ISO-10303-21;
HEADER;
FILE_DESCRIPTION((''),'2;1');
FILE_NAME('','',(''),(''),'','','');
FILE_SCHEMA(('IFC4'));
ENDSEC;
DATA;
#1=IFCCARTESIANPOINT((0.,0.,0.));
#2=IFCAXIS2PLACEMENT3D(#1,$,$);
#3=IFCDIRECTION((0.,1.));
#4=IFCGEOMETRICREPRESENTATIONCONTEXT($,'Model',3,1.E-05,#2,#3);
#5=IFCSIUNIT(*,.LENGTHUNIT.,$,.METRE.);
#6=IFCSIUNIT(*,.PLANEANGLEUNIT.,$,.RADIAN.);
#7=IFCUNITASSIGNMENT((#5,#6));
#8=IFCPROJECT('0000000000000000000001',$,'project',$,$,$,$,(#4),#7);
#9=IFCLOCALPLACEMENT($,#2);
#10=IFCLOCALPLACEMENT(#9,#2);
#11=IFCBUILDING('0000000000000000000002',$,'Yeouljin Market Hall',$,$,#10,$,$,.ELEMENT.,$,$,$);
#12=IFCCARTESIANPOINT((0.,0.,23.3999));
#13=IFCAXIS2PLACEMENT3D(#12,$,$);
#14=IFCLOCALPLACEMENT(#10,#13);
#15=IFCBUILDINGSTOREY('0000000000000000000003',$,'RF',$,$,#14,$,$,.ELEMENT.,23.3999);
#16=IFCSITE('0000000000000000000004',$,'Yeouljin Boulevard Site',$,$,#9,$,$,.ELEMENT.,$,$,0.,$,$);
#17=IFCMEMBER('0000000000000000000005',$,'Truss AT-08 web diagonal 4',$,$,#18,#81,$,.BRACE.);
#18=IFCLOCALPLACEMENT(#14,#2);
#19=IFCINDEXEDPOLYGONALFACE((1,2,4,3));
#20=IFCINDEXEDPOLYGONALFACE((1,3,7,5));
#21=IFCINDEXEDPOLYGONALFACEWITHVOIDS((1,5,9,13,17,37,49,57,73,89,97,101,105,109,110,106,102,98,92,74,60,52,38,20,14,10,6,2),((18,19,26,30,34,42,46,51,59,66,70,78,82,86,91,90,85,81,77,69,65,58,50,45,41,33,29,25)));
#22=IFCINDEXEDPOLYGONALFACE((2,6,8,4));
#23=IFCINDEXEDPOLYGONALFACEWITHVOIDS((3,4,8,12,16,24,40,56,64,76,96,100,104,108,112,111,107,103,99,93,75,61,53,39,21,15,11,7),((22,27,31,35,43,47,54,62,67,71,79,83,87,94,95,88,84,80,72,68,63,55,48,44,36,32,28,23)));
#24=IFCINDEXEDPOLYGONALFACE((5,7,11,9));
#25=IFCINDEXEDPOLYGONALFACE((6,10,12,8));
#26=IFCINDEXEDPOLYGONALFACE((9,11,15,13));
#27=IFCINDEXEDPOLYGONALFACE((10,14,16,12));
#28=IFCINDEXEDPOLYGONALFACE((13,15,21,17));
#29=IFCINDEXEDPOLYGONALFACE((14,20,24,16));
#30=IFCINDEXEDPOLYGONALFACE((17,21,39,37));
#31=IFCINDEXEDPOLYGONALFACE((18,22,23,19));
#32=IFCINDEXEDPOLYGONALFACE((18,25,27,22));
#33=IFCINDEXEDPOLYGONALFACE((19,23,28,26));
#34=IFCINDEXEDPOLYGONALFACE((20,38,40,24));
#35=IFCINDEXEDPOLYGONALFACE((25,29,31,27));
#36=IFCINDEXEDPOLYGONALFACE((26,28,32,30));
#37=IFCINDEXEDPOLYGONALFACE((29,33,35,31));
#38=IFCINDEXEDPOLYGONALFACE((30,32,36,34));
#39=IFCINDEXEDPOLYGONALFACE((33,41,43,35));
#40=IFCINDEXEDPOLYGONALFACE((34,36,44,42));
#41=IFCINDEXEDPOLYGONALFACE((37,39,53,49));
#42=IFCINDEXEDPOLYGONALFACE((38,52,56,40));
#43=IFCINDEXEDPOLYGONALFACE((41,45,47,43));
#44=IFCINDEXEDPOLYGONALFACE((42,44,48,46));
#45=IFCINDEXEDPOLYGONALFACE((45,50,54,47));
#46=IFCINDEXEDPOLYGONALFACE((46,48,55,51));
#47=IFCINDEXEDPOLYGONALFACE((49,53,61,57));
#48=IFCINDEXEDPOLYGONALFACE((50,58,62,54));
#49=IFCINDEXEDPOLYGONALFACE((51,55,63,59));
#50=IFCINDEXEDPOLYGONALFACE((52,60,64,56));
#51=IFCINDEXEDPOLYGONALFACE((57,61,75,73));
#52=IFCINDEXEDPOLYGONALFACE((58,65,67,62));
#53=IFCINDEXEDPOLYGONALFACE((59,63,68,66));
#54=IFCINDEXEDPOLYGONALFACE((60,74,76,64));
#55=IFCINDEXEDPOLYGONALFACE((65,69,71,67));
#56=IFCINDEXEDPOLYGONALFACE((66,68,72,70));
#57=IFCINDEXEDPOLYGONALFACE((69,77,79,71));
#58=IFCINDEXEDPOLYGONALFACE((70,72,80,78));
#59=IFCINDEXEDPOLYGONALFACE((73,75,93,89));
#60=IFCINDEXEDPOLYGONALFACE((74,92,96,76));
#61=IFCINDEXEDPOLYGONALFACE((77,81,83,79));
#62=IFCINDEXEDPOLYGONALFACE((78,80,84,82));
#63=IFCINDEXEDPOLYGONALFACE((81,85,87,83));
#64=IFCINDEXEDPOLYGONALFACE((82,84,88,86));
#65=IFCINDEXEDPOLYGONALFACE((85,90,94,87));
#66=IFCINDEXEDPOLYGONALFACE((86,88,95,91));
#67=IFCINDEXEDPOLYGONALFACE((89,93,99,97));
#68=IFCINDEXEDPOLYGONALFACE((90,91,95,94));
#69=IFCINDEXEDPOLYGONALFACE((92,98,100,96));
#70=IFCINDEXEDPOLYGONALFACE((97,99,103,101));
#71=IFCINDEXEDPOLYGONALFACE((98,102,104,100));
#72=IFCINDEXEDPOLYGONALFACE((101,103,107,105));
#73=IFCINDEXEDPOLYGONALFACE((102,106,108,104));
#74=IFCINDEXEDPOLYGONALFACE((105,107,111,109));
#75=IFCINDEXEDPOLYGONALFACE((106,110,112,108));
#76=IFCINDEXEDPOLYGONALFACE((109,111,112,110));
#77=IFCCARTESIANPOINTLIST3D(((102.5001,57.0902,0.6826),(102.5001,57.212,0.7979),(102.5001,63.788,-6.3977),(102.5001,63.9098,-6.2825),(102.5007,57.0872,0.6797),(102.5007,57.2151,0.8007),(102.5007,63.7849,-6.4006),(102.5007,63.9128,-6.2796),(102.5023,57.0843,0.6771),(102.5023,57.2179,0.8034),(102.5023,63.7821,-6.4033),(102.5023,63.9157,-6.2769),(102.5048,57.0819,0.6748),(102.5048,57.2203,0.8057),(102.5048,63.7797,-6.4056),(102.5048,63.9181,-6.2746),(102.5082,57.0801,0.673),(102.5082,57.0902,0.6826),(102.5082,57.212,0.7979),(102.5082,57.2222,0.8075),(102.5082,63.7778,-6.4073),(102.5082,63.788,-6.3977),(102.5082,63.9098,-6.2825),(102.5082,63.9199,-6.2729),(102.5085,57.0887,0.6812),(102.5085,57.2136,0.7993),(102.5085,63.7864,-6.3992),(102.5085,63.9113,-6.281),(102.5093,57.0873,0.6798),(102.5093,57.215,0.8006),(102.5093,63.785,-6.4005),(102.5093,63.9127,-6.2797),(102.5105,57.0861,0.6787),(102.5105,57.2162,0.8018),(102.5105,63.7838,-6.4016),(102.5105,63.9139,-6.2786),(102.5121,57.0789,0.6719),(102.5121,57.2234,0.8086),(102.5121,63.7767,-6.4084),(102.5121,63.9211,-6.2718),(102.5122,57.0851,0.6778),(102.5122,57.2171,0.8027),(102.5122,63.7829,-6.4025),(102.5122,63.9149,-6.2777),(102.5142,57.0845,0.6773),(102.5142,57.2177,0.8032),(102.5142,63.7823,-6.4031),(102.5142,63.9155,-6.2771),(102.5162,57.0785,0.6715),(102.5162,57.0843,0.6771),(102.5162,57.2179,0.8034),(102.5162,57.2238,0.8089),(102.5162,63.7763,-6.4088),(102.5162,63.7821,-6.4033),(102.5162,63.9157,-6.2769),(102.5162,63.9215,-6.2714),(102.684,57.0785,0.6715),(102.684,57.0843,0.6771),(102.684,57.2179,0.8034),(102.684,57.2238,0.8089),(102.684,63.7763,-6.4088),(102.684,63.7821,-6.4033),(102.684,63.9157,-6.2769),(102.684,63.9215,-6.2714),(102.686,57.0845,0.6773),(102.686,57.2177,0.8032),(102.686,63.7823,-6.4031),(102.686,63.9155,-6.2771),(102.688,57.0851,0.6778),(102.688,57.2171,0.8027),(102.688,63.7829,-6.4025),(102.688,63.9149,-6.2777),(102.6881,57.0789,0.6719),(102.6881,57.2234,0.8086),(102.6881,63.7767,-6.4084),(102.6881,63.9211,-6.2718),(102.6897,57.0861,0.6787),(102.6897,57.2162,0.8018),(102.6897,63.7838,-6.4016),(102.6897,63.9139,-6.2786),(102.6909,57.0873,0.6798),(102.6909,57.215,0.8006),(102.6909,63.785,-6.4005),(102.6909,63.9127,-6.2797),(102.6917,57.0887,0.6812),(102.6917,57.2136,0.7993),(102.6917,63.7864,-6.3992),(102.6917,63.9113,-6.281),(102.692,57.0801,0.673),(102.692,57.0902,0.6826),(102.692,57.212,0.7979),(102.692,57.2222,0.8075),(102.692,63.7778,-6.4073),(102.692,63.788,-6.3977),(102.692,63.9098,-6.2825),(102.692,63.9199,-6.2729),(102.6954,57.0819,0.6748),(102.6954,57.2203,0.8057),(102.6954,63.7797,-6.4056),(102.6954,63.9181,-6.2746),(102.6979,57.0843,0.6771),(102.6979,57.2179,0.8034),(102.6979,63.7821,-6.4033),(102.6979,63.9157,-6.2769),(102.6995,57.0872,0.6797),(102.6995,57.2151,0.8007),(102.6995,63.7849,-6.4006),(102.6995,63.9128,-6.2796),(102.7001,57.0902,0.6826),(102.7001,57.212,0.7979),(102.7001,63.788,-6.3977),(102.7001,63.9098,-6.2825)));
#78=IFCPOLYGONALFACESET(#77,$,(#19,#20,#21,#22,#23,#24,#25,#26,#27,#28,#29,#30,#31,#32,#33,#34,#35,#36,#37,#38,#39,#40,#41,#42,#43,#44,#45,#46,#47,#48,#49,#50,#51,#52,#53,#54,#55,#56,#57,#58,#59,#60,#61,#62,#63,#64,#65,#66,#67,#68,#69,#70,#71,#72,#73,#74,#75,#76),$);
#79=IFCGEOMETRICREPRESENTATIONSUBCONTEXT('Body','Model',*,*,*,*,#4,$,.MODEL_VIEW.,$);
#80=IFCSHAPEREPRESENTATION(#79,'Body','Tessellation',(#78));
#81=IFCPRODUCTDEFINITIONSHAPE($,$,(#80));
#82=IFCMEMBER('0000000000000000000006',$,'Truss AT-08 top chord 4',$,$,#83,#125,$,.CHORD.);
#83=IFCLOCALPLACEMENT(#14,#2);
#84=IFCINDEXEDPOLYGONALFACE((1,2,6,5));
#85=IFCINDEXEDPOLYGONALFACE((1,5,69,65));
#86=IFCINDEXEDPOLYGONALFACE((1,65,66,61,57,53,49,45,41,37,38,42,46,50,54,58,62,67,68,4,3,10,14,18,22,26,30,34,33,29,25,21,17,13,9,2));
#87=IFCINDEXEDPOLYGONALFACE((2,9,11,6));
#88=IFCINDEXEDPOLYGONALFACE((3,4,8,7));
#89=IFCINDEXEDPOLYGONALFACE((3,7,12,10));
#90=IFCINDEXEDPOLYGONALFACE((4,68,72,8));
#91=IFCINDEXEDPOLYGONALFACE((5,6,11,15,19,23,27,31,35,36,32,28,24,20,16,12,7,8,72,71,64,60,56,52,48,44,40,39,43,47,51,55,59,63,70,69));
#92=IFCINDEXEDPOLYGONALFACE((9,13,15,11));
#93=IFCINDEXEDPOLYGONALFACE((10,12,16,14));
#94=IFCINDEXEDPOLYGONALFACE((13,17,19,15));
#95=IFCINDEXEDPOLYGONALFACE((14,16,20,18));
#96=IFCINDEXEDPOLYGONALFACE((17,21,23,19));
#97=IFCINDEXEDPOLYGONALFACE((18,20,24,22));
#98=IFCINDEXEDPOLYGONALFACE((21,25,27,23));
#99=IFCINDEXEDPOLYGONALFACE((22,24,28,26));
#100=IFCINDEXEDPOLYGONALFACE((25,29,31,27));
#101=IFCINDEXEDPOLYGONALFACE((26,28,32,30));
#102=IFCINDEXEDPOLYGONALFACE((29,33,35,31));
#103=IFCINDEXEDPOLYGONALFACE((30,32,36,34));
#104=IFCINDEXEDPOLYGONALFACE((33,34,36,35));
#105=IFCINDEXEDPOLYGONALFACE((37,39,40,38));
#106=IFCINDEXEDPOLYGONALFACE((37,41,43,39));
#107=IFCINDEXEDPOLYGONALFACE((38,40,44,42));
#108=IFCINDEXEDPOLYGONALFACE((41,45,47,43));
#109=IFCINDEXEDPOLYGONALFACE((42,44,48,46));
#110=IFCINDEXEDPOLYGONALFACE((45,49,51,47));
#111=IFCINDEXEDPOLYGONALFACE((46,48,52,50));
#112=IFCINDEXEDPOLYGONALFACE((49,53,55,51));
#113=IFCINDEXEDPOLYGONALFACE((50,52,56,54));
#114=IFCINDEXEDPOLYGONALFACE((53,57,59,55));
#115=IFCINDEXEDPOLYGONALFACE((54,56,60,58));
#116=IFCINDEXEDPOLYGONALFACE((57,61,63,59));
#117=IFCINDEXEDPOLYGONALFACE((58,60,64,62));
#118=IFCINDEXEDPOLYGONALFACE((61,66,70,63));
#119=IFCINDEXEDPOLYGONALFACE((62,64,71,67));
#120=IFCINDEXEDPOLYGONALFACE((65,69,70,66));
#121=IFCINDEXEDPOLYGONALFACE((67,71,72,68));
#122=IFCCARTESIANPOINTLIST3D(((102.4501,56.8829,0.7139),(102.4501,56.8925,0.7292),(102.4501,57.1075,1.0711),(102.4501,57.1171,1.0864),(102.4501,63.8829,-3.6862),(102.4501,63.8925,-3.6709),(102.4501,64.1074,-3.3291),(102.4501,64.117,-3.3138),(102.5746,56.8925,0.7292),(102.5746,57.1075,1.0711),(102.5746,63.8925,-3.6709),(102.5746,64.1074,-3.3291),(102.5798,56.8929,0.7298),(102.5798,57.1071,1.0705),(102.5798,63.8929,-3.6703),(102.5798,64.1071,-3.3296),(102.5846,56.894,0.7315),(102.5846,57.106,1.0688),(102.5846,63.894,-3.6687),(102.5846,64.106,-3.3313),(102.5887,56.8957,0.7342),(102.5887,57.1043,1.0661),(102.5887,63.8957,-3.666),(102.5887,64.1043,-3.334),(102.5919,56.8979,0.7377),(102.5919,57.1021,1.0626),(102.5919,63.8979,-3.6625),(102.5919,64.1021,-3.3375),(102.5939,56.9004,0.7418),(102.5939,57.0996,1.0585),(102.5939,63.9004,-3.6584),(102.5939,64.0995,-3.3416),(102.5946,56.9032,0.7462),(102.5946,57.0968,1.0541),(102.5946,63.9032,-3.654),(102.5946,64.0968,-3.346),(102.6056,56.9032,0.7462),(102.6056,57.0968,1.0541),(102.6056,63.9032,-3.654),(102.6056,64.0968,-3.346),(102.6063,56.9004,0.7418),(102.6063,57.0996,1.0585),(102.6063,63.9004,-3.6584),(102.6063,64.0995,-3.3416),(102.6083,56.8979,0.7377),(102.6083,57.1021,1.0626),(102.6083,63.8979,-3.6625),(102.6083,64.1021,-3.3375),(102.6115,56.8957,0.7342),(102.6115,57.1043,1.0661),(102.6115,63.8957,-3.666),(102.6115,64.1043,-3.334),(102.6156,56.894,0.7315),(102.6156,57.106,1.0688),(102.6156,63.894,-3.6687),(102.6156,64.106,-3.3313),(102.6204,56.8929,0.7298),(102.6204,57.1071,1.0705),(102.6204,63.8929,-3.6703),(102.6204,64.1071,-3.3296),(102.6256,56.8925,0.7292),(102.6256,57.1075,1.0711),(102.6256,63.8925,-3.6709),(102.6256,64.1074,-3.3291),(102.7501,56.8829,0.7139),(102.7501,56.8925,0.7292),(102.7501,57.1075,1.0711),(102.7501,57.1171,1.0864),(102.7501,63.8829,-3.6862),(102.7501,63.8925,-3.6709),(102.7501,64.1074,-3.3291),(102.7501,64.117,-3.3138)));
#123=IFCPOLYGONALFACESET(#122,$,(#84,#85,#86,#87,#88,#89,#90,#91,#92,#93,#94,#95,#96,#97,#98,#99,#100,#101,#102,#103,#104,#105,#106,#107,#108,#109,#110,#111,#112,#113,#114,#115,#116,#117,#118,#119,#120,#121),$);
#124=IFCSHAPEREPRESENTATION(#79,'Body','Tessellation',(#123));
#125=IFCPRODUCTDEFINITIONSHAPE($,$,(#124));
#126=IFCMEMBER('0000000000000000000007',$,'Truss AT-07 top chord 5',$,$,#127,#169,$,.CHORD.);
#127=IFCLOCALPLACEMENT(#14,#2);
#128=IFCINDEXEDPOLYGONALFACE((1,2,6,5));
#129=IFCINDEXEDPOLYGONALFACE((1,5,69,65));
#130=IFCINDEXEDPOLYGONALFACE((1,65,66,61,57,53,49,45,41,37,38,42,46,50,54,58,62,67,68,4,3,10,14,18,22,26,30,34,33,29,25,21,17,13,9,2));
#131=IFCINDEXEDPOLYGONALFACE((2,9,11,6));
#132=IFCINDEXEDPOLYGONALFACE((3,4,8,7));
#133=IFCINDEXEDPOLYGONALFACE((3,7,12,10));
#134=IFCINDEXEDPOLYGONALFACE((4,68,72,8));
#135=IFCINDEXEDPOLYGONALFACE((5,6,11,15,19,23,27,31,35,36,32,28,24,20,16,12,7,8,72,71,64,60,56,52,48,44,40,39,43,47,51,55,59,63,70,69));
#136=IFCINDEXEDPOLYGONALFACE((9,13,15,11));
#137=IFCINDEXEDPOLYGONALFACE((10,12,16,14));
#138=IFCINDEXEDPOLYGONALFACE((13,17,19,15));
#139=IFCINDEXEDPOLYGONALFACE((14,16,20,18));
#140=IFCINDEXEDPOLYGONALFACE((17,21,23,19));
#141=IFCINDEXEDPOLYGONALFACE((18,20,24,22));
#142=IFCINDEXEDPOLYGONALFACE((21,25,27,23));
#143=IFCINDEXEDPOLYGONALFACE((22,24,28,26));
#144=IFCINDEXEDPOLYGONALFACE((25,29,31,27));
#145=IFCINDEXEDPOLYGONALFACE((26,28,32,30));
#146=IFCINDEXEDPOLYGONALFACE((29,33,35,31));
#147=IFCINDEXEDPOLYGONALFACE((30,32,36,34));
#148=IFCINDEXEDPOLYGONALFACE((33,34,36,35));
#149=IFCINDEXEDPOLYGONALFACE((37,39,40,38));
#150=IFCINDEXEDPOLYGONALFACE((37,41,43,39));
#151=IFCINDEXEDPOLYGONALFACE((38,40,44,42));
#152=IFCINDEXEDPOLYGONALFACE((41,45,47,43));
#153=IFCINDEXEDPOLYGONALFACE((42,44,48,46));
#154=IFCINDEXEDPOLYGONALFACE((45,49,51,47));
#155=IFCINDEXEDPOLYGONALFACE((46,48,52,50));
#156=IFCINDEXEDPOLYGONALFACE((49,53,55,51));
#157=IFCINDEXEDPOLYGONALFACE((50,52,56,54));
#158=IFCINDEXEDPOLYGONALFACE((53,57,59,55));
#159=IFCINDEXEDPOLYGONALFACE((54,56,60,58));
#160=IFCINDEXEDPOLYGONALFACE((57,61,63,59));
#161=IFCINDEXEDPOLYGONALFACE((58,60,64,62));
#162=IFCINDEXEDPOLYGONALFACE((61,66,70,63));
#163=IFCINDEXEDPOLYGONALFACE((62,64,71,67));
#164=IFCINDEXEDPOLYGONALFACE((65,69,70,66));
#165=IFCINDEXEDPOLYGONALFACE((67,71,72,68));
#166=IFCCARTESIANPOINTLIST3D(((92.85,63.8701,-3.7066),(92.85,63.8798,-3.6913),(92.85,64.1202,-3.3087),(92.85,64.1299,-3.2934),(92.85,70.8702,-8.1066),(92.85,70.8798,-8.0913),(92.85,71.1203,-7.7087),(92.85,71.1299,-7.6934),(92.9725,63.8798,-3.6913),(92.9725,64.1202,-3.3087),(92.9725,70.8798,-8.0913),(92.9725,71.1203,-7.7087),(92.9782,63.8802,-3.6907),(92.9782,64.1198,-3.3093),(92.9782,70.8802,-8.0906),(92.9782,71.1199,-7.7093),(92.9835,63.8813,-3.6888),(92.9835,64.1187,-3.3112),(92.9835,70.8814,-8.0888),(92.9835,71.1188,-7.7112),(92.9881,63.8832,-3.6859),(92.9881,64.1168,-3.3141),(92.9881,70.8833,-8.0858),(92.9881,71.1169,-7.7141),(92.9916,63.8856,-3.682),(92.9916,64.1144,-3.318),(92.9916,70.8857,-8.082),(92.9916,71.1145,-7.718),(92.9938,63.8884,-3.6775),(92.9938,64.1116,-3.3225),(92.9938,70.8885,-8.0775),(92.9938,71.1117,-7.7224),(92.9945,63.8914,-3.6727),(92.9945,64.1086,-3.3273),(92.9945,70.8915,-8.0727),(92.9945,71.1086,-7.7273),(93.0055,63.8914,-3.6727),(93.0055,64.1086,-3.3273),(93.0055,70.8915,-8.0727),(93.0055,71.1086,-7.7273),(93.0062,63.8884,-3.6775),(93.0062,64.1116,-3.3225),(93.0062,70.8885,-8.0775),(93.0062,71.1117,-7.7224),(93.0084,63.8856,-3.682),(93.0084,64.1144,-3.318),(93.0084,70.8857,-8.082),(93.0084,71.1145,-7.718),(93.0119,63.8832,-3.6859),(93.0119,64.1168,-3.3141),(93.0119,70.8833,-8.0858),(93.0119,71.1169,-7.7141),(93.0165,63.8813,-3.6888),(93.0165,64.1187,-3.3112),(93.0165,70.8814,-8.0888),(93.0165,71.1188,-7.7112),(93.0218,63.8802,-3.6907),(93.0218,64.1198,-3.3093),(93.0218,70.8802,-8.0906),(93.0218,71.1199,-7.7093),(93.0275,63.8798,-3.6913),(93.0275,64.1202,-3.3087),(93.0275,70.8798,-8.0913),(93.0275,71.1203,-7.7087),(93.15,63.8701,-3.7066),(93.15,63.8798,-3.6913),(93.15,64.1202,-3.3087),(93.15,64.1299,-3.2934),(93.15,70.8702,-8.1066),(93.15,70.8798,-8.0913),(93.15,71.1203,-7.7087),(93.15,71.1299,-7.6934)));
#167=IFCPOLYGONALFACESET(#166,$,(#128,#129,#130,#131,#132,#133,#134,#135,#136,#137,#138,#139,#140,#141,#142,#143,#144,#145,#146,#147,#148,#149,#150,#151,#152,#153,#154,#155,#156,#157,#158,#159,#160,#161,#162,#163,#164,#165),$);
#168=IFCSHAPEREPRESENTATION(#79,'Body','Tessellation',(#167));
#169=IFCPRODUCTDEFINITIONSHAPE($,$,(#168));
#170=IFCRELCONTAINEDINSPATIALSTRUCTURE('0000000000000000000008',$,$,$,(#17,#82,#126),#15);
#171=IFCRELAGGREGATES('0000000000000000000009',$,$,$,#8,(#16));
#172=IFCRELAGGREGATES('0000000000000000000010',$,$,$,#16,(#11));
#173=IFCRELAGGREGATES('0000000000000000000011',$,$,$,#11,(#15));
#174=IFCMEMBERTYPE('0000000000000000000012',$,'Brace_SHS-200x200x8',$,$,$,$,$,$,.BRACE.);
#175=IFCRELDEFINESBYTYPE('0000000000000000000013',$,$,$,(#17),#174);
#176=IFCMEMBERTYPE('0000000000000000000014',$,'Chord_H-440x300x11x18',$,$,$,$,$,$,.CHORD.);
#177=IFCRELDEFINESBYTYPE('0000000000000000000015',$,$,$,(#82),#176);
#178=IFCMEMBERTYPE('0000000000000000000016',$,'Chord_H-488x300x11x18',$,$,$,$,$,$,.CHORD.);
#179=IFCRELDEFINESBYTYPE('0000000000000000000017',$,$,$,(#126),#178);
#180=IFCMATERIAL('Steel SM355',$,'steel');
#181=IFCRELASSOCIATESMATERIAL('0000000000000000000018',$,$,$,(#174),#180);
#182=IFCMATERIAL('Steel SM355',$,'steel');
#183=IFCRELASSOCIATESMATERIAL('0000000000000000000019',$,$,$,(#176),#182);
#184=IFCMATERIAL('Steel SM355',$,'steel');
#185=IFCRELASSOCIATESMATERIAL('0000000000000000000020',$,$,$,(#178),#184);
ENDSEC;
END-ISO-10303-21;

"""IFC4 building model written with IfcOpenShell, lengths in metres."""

from ifc_helpers import new_model, si_unit, direction, frame, origin, origin_2d, place, context, subcontext, project, spatial, hollow_rectangle, i_section, extrude, material, material_profile, profile_set, type_object, element, save


model = new_model("IFC4")

# Units and contexts
model_context = context("Model", 3, precision=1e-05, world=origin(), true_north=direction((0.0, 1.0)))
body_context = subcontext(model_context, "Body", "Model", "MODEL_VIEW")
ifc_project = project(units=[si_unit("LENGTHUNIT", "METRE"), si_unit("PLANEANGLEUNIT", "RADIAN")], contexts=[model_context])

# Site, building, storey
site_placement = place(None, origin())
site = spatial("IfcSite", under=ifc_project, at=site_placement, Name="Yeouljin Boulevard Site", CompositionType="ELEMENT", RefElevation=0.0)
building_placement = place(site_placement, origin())
building = spatial("IfcBuilding", under=site, at=building_placement, Name="Yeouljin Market Hall", CompositionType="ELEMENT")
storey_placement = place(building_placement, frame((0.0, 0.0, 23.3999)))
storey = spatial("IfcBuildingStorey", under=building, at=storey_placement, Name="RF", CompositionType="ELEMENT", Elevation=23.3999)

# Members
ifc_material_1 = material(Name="Steel SM355", Category="steel")
ifc_material_profile_1 = material_profile(ifc_material_1, hollow_rectangle(XDim=0.2, YDim=0.2, WallThickness=0.0081, InnerFilletRadius=0.0081, OuterFilletRadius=0.0161, at=origin_2d()), Name="SHS-200x200x8")
ifc_profile_set_1 = profile_set([ifc_material_profile_1], Name="Steel SM355")
member_type_1 = type_object("IfcMemberType", Name="Brace_SHS-200x200x8", PredefinedType="BRACE", material=ifc_profile_set_1)
member_1_placement = place(storey_placement, frame((102.6001, 57.1511, 0.7402), z_axis=(0.0, 0.687208, -0.726461), x_axis=(-1.0, 0.0, 0.0)))
element("IfcMember", 1, at=member_1_placement, inside=storey, type_object=member_type_1, Name="Truss AT-08 web diagonal 4", PredefinedType="BRACE", context=body_context, shape_type="SweptSolid", body=[
    extrude(hollow_rectangle(XDim=0.2, YDim=0.2, WallThickness=0.0081, InnerFilletRadius=0.0081, OuterFilletRadius=0.0161, at=origin_2d()), origin(), (0.0, 0.0, 1.0), 9.7463),
])
ifc_material_2 = material(Name="Steel SM355", Category="steel")
ifc_material_profile_2 = material_profile(ifc_material_2, i_section(OverallWidth=0.3, OverallDepth=0.4399, WebThickness=0.011, FlangeThickness=0.0181, FilletRadius=0.02, at=origin_2d()), Name="H-440x300x11x18")
ifc_profile_set_2 = profile_set([ifc_material_profile_2], Name="Steel SM355")
member_type_2 = type_object("IfcMemberType", Name="Chord_H-440x300x11x18", PredefinedType="CHORD", material=ifc_profile_set_2)
member_2_placement = place(storey_placement, frame((102.6001, 57.0, 0.9001), z_axis=(0.0, 0.846629, -0.532184), x_axis=(-1.0, 0.0, 0.0)))
element("IfcMember", 2, at=member_2_placement, inside=storey, type_object=member_type_2, Name="Truss AT-08 top chord 4", PredefinedType="CHORD", context=body_context, shape_type="SweptSolid", body=[
    extrude(i_section(OverallWidth=0.3, OverallDepth=0.4399, WebThickness=0.011, FlangeThickness=0.0181, FilletRadius=0.02, at=origin_2d()), origin(), (0.0, 0.0, 1.0), 8.2681),
])
ifc_material_3 = material(Name="Steel SM355", Category="steel")
ifc_material_profile_3 = material_profile(ifc_material_3, i_section(OverallWidth=0.3, OverallDepth=0.488, WebThickness=0.011, FlangeThickness=0.0181, FilletRadius=0.022, at=origin_2d()), Name="H-488x300x11x18")
ifc_profile_set_3 = profile_set([ifc_material_profile_3], Name="Steel SM355")
member_type_3 = type_object("IfcMemberType", Name="Chord_H-488x300x11x18", PredefinedType="CHORD", material=ifc_profile_set_3)
member_3_placement = place(storey_placement, frame((93.0, 64.0, -3.5), z_axis=(0.0, 0.846642, -0.532163), x_axis=(-1.0, 0.0, 0.0)))
element("IfcMember", 3, at=member_3_placement, inside=storey, type_object=member_type_3, Name="Truss AT-07 top chord 5", PredefinedType="CHORD", context=body_context, shape_type="SweptSolid", body=[
    extrude(i_section(OverallWidth=0.3, OverallDepth=0.488, WebThickness=0.011, FlangeThickness=0.0181, FilletRadius=0.022, at=origin_2d()), origin(), (0.0, 0.0, 1.0), 8.2681),
])

save(model, "model.ifc")
